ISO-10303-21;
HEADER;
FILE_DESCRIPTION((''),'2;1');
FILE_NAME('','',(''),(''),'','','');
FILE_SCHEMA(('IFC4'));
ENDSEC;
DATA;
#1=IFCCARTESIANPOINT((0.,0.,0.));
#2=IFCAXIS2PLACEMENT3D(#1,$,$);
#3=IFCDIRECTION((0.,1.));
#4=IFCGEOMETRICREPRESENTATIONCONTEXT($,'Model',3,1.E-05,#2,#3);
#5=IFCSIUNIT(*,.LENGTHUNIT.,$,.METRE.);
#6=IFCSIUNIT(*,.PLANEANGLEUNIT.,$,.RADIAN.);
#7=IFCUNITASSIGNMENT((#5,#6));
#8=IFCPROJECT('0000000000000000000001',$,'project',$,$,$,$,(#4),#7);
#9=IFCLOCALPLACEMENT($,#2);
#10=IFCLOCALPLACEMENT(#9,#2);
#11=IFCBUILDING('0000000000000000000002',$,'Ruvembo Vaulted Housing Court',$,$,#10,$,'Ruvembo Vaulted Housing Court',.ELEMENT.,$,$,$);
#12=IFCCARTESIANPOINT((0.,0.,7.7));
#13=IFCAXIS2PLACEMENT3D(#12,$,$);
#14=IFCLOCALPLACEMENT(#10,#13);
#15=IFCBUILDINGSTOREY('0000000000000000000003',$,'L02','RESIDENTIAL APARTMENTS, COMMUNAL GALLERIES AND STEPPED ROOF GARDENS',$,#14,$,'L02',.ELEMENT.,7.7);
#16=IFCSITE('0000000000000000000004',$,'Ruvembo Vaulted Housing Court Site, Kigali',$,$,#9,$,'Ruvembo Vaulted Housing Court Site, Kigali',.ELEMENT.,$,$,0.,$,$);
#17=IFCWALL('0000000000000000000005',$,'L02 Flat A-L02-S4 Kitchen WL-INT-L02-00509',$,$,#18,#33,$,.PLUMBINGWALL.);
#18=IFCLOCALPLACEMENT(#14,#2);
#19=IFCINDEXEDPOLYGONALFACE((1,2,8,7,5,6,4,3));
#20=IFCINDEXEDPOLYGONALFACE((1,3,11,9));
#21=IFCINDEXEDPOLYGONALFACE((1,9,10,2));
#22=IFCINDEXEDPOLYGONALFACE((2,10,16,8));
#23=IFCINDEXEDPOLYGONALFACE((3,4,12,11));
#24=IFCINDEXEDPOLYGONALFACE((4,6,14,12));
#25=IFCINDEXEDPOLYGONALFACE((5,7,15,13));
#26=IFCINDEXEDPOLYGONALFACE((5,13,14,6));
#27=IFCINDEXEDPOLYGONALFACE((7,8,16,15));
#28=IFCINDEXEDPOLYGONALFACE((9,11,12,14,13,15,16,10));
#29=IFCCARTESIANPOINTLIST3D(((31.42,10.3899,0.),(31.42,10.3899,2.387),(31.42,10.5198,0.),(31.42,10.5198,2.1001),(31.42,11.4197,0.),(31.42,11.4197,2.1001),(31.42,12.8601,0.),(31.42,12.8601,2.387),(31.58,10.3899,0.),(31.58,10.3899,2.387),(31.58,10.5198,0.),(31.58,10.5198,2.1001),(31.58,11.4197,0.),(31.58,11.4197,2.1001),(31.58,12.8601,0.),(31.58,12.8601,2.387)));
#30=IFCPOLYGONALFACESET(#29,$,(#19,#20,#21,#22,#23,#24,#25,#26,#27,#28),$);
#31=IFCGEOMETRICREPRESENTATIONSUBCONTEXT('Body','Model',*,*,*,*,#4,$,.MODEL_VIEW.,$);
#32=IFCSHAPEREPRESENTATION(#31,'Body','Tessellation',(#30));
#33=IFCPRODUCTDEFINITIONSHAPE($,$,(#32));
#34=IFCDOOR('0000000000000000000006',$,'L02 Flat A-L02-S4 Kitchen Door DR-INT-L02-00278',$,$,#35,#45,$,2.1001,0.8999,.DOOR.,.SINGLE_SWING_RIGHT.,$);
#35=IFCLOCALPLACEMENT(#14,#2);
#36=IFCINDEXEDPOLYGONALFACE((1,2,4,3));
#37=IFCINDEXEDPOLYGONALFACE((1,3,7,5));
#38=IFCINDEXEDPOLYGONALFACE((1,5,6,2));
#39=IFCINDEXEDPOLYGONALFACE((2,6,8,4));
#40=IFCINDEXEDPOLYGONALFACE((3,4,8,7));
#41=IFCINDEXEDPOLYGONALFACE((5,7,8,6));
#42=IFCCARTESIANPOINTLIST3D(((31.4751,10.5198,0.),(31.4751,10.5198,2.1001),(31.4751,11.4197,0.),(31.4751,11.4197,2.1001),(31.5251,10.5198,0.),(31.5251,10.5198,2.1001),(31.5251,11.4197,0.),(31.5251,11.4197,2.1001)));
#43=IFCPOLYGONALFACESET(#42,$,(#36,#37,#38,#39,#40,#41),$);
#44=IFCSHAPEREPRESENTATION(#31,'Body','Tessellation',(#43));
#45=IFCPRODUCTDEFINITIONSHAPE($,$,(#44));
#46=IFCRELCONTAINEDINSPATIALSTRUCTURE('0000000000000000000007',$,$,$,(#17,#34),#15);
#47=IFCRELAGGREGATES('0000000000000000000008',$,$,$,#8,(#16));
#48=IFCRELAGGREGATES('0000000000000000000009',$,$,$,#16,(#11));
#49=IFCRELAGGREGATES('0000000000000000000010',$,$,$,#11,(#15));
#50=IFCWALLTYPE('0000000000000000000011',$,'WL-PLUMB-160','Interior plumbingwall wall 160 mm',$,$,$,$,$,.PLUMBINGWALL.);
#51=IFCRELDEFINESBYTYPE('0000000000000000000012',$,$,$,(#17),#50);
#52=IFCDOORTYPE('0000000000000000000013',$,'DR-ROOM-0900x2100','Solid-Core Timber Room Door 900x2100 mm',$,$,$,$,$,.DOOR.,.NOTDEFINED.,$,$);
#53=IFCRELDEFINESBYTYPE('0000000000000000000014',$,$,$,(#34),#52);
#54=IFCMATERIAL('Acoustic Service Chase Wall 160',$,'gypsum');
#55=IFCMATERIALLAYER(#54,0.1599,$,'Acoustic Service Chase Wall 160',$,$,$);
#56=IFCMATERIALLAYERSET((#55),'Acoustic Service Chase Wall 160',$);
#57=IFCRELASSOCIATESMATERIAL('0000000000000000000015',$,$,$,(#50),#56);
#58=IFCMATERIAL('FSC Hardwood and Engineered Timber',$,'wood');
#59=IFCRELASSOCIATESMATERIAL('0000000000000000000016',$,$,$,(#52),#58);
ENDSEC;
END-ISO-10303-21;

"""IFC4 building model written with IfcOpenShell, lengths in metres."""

from ifc_helpers import new_model, si_unit, direction, frame, frame_2d, origin, place, context, subcontext, project, spatial, rectangle, extrude, material, layer, layer_set, type_object, element, fill, save


model = new_model("IFC4")

# Units and contexts
model_context = context("Model", 3, precision=1e-05, world=origin(), true_north=direction((0.0, 1.0)))
body_context = subcontext(model_context, "Body", "Model", "MODEL_VIEW")
ifc_project = project(units=[si_unit("LENGTHUNIT", "METRE"), si_unit("PLANEANGLEUNIT", "RADIAN")], contexts=[model_context])

# Site, building, storey
site_placement = place(None, origin())
site = spatial("IfcSite", under=ifc_project, at=site_placement, Name="Ruvembo Vaulted Housing Court Site, Kigali", LongName="Ruvembo Vaulted Housing Court Site, Kigali", CompositionType="ELEMENT", RefElevation=0.0)
building_placement = place(site_placement, origin())
building = spatial("IfcBuilding", under=site, at=building_placement, Name="Ruvembo Vaulted Housing Court", LongName="Ruvembo Vaulted Housing Court", CompositionType="ELEMENT")
storey_placement = place(building_placement, frame((0.0, 0.0, 7.7)))
storey = spatial("IfcBuildingStorey", under=building, at=storey_placement, Name="L02", Description="RESIDENTIAL APARTMENTS, COMMUNAL GALLERIES AND STEPPED ROOF GARDENS", LongName="L02", CompositionType="ELEMENT", Elevation=7.7)

# Shared definitions
ifc_material_1 = material(Name="FSC Hardwood and Engineered Timber", Category="wood")

# Wall, opening, door
ifc_material_2 = material(Name="Acoustic Service Chase Wall 160", Category="gypsum")
ifc_layer_1 = layer(ifc_material_2, 0.1599, Name="Acoustic Service Chase Wall 160")
ifc_layer_set_1 = layer_set([ifc_layer_1], Name="Acoustic Service Chase Wall 160")
wall_type_1 = type_object("IfcWallType", Name="WL-PLUMB-160", Description="Interior plumbingwall wall 160 mm", PredefinedType="PLUMBINGWALL", material=ifc_layer_set_1)
wall_1_placement = place(storey_placement, frame((31.5, 10.3899, 0.0), z_axis=(0.0, 0.0, 1.0), x_axis=(0.0, 1.0, 0.0)))
wall_1 = element("IfcWall", 1, at=wall_1_placement, inside=storey, type_object=wall_type_1, Name="L02 Flat A-L02-S4 Kitchen WL-INT-L02-00509", PredefinedType="PLUMBINGWALL", context=body_context, shape_type="SweptSolid", body=[
    extrude(rectangle(XDim=2.4702, YDim=0.1599, at=frame_2d((1.2351, 0.0))), origin(), (0.0, 0.0, 1.0), 2.387),
])
opening_1_placement = place(wall_1_placement, frame((0.1299, 0.0, 0.0)))
opening_1 = element("IfcOpeningElement", 2, at=opening_1_placement, cuts=wall_1, PredefinedType="OPENING", context=body_context, shape_type="SweptSolid", body=[
    extrude(rectangle(XDim=0.8999, YDim=2.1001, at=frame_2d((0.45, 1.05))), frame((0.0, 0.0898, 0.0), z_axis=(0.0, -1.0, 0.0), x_axis=(1.0, 0.0, 0.0)), (0.0, 0.0, 1.0), 0.1799),
])
door_type_1 = type_object("IfcDoorType", Name="DR-ROOM-0900x2100", Description="Solid-Core Timber Room Door 900x2100 mm", OperationType="NOTDEFINED", PredefinedType="DOOR", material=ifc_material_1)
door_1_placement = place(opening_1_placement, origin())
door_1 = element("IfcDoor", 3, at=door_1_placement, inside=storey, type_object=door_type_1, Name="L02 Flat A-L02-S4 Kitchen Door DR-INT-L02-00278", OperationType="SINGLE_SWING_RIGHT", OverallHeight=2.1001, OverallWidth=0.8999, PredefinedType="DOOR", context=body_context, shape_type="SweptSolid", body=[
    extrude(rectangle(XDim=0.8999, YDim=2.1001, at=frame_2d((0.45, 1.05))), frame((0.0, 0.0249, 0.0), z_axis=(0.0, -1.0, 0.0), x_axis=(1.0, 0.0, 0.0)), (0.0, 0.0, 1.0), 0.05),
])
fill(opening_1, door_1)

save(model, "model.ifc")
